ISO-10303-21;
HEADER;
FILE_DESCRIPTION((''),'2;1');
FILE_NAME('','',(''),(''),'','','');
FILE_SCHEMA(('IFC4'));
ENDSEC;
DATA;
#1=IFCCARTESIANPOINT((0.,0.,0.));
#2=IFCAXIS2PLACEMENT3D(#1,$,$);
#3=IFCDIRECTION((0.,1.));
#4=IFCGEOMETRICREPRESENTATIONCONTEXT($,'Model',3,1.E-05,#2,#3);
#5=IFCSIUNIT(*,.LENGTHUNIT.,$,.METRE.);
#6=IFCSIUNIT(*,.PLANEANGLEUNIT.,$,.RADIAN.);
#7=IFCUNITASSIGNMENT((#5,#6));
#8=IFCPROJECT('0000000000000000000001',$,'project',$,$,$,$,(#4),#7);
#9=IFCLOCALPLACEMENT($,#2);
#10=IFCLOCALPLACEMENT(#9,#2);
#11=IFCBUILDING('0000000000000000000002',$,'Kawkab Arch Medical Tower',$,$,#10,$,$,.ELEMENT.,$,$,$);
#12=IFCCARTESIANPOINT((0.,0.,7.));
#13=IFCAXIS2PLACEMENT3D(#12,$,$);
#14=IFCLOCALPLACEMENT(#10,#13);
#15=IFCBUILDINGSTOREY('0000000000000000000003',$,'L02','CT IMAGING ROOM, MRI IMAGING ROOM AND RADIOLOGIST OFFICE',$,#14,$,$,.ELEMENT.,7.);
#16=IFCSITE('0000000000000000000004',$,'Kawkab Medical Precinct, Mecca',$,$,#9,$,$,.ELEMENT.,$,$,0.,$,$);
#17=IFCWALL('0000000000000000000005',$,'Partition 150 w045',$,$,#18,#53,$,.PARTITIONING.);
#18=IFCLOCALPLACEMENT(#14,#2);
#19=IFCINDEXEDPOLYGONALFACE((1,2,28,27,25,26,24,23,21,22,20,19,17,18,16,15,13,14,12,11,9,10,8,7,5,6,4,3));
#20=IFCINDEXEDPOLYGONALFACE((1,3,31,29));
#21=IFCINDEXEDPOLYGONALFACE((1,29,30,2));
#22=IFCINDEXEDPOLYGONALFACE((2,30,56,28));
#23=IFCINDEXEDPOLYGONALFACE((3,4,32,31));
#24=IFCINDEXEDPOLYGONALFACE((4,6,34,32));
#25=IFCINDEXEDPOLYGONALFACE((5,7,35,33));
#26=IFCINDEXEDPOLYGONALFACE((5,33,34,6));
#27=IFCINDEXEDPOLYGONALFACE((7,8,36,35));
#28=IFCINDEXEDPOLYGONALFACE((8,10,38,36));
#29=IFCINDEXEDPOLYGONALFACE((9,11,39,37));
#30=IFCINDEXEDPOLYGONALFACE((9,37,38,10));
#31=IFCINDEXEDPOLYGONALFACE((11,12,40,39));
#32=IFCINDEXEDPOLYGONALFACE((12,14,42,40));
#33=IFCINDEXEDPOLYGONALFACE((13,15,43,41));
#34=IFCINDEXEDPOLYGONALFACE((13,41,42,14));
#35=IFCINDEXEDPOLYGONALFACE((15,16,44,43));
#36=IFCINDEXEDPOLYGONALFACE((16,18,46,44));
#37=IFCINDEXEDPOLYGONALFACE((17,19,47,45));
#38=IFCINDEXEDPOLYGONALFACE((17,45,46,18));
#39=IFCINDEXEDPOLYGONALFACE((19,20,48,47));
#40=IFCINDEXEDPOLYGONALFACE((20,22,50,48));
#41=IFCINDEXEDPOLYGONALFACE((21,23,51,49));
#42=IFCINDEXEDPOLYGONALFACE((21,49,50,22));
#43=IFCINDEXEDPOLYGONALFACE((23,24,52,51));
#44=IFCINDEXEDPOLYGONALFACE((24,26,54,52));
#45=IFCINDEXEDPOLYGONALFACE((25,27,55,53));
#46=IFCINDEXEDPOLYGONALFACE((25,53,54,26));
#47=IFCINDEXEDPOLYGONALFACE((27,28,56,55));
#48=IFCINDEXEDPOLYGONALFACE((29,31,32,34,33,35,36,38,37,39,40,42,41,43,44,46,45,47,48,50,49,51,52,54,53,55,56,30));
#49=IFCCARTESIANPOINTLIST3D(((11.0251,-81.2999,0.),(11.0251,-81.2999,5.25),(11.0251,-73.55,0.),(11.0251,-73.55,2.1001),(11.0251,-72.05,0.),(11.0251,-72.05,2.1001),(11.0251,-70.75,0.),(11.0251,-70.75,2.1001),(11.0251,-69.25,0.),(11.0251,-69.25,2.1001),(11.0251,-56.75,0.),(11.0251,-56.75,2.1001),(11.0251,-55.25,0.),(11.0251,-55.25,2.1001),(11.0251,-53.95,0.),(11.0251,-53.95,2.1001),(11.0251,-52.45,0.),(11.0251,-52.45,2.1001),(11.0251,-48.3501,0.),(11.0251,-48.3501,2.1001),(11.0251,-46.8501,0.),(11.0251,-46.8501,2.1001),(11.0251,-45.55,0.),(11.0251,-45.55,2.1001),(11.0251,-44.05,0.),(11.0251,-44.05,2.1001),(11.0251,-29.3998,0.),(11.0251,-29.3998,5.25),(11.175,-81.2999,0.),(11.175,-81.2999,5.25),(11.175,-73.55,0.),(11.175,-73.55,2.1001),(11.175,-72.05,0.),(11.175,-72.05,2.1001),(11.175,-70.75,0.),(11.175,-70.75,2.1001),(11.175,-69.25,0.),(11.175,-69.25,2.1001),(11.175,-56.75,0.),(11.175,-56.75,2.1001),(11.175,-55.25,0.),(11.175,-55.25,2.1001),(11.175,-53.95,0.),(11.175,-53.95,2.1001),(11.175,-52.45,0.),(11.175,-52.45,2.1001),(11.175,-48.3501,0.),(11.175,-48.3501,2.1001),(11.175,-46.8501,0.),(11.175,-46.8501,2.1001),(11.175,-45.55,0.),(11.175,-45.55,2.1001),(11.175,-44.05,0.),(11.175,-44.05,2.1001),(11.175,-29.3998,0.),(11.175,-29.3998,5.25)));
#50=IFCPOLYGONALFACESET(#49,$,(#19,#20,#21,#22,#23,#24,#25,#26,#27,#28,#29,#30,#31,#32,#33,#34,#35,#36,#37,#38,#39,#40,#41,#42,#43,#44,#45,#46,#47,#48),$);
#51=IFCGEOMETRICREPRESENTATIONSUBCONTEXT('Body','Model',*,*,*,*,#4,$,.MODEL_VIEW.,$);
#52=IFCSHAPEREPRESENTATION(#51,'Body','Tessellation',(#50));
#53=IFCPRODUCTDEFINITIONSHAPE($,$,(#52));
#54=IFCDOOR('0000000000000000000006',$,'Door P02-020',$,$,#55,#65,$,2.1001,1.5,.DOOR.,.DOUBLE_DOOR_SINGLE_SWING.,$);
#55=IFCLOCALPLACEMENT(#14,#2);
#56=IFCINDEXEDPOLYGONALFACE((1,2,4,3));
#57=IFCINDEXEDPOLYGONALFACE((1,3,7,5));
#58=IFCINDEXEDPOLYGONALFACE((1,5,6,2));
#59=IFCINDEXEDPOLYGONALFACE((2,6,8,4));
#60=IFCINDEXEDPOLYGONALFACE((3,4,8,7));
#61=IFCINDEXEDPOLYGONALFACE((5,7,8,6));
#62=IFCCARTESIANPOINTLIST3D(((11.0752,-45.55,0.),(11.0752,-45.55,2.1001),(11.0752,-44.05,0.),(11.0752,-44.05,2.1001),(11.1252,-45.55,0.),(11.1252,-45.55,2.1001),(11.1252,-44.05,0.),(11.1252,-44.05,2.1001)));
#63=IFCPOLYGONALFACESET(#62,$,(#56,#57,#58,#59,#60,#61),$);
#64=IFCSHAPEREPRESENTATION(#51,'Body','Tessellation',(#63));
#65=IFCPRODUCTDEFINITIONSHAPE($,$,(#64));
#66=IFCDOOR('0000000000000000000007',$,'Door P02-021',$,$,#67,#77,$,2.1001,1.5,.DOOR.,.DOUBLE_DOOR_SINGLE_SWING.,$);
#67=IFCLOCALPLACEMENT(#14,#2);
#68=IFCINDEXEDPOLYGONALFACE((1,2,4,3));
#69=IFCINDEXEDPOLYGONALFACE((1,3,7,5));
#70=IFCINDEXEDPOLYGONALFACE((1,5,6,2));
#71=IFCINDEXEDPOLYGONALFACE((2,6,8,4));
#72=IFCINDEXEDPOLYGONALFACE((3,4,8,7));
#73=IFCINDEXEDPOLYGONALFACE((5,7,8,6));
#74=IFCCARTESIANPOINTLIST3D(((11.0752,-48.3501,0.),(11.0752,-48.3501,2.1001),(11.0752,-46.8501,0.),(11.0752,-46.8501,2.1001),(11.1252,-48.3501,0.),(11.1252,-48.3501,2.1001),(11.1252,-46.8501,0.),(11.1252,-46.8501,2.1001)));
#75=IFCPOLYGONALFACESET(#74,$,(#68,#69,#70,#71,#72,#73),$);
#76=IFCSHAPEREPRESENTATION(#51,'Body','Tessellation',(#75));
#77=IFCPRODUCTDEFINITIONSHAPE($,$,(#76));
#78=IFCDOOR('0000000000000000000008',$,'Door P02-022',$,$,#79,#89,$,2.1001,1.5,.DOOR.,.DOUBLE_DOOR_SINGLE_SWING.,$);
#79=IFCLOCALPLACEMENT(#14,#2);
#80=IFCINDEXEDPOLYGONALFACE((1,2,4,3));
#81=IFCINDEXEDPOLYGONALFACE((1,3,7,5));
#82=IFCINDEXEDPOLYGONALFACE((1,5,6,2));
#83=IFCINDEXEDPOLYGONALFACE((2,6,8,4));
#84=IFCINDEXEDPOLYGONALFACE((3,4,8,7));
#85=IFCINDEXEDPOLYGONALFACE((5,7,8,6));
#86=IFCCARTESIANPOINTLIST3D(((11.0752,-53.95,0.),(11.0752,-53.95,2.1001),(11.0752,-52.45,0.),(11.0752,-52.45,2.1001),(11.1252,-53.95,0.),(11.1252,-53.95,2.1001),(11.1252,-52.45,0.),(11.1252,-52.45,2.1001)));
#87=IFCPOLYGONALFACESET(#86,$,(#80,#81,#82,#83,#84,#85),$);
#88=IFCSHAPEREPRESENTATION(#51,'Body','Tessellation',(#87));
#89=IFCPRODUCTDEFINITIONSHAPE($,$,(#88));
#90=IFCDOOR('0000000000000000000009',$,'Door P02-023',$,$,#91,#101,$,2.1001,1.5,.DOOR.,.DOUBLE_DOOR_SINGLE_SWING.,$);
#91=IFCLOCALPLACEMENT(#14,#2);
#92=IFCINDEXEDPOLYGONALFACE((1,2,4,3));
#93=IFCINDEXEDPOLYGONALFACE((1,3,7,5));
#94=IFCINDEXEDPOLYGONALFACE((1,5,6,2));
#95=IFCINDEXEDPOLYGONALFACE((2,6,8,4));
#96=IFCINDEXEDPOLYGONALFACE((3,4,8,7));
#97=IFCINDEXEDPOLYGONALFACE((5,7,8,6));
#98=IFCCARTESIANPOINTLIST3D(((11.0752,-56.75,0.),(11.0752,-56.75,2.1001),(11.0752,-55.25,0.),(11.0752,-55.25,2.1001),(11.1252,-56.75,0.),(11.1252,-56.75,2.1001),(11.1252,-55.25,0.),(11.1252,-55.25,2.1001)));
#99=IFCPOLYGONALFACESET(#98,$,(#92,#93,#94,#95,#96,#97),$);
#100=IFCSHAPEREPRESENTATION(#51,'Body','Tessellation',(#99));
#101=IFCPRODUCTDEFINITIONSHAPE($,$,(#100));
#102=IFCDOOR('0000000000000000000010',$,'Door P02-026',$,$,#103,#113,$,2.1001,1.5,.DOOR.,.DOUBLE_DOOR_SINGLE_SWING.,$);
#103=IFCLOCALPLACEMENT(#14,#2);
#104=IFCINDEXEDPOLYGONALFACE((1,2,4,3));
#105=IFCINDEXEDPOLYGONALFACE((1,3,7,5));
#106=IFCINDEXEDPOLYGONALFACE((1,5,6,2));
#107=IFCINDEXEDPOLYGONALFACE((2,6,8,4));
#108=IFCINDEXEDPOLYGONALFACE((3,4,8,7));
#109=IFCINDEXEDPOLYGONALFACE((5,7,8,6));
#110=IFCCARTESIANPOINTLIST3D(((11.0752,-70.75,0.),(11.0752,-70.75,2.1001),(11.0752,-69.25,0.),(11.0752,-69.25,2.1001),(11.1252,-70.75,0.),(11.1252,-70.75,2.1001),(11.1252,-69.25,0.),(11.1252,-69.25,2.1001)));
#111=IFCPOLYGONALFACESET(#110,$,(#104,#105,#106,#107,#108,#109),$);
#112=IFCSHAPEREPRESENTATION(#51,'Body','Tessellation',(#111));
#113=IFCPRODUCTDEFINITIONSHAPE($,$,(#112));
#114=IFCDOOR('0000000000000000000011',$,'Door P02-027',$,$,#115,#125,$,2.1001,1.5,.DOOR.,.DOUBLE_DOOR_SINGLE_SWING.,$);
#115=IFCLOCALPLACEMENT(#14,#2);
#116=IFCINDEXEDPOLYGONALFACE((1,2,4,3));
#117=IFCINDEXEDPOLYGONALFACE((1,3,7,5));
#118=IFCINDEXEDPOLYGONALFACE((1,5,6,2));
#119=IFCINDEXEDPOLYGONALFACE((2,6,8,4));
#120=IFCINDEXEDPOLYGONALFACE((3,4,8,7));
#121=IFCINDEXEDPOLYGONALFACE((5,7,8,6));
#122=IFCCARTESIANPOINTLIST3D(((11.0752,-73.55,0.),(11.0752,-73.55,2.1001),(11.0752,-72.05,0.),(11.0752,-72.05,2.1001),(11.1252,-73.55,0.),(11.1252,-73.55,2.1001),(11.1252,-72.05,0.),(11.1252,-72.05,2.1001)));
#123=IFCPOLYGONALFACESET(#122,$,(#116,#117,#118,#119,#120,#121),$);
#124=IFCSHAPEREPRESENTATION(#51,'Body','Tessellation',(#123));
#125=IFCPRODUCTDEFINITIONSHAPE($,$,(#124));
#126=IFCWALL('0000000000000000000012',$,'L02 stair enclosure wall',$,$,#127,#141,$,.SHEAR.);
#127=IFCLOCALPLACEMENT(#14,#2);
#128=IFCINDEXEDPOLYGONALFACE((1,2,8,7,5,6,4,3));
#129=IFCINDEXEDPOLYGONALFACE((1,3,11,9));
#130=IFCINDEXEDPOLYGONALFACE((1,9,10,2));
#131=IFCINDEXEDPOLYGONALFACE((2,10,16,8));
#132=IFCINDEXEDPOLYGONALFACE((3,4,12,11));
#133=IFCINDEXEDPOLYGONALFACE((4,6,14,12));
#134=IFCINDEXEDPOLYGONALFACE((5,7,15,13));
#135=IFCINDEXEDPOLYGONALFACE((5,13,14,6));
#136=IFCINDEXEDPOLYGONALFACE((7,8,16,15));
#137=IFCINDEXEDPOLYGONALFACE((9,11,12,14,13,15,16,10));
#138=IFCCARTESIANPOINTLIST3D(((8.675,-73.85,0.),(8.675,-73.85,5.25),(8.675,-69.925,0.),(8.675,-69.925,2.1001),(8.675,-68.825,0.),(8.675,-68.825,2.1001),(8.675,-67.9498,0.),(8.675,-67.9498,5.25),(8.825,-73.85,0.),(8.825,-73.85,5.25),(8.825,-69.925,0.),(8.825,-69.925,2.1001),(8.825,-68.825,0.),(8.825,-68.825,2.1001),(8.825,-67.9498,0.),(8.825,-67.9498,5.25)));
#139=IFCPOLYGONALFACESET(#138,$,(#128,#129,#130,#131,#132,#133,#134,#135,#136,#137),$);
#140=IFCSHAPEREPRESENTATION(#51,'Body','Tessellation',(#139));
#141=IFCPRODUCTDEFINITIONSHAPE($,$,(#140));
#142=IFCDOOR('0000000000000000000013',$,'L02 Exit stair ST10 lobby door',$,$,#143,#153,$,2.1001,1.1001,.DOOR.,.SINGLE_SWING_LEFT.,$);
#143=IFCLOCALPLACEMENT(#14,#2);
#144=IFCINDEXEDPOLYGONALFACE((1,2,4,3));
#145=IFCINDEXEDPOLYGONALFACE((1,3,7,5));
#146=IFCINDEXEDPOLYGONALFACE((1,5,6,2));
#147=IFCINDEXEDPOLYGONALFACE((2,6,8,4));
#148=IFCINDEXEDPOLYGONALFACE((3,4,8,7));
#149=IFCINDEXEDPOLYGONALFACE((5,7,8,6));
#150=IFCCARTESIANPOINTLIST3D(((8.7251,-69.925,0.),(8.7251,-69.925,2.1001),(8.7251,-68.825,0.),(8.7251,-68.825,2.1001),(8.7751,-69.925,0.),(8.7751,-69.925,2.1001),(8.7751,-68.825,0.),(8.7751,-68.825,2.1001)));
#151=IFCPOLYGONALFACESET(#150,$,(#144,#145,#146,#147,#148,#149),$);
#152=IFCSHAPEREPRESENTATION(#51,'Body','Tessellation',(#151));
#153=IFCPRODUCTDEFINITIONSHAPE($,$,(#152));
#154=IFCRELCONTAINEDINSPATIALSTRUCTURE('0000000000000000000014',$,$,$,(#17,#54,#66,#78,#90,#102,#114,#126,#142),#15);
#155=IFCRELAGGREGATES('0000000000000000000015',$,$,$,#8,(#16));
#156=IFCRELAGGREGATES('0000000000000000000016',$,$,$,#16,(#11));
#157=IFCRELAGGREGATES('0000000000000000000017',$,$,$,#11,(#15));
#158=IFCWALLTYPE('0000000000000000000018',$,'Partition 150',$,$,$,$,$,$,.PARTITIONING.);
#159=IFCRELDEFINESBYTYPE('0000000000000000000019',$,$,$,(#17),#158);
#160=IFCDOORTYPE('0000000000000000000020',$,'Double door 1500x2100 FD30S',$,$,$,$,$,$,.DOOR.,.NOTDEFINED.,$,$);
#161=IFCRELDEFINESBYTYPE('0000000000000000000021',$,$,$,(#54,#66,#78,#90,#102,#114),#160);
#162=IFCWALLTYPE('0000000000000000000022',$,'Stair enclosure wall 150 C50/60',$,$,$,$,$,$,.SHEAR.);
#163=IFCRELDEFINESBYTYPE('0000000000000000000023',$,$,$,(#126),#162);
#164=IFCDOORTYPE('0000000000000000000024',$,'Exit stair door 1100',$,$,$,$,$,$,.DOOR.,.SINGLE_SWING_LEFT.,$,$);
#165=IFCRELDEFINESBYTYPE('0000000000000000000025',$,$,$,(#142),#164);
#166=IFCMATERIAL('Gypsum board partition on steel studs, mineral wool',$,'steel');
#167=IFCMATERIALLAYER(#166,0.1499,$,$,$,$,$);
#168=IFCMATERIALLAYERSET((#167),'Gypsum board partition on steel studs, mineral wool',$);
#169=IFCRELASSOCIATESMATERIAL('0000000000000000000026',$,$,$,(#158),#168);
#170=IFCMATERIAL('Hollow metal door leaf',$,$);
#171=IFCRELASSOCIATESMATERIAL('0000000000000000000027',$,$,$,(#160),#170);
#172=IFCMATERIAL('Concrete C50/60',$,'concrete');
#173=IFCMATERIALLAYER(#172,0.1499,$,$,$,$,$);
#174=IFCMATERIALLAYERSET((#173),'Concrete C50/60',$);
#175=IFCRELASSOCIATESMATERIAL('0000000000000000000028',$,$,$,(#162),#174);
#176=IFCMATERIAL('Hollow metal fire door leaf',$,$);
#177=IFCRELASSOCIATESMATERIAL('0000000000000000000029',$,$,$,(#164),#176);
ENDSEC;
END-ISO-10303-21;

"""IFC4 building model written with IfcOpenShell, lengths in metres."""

from ifc_helpers import new_model, si_unit, direction, frame, frame_2d, origin, place, context, subcontext, project, spatial, rectangle, extrude, material, layer, layer_set, type_object, element, fill, save


model = new_model("IFC4")

# Units and contexts
model_context = context("Model", 3, precision=1e-05, world=origin(), true_north=direction((0.0, 1.0)))
body_context = subcontext(model_context, "Body", "Model", "MODEL_VIEW")
ifc_project = project(units=[si_unit("LENGTHUNIT", "METRE"), si_unit("PLANEANGLEUNIT", "RADIAN")], contexts=[model_context])

# Site, building, storey
site_placement = place(None, origin())
site = spatial("IfcSite", under=ifc_project, at=site_placement, Name="Kawkab Medical Precinct, Mecca", CompositionType="ELEMENT", RefElevation=0.0)
building_placement = place(site_placement, origin())
building = spatial("IfcBuilding", under=site, at=building_placement, Name="Kawkab Arch Medical Tower", CompositionType="ELEMENT")
storey_placement = place(building_placement, frame((0.0, 0.0, 7.0)))
storey = spatial("IfcBuildingStorey", under=building, at=storey_placement, Name="L02", Description="CT IMAGING ROOM, MRI IMAGING ROOM AND RADIOLOGIST OFFICE", CompositionType="ELEMENT", Elevation=7.0)

# Shared definitions
ifc_material_1 = material(Name="Gypsum board partition on steel studs, mineral wool", Category="steel")
ifc_layer_1 = layer(ifc_material_1, 0.1499)
ifc_layer_set_1 = layer_set([ifc_layer_1], Name="Gypsum board partition on steel studs, mineral wool")
wall_type_1 = type_object("IfcWallType", Name="Partition 150", PredefinedType="PARTITIONING", material=ifc_layer_set_1)

# Wall, openings, doors
wall_1_placement = place(storey_placement, frame((11.1001, -81.3, 0.0), z_axis=(0.0, 0.0, 1.0), x_axis=(0.0, 1.0, 0.0)))
wall_1 = element("IfcWall", 1, at=wall_1_placement, inside=storey, type_object=wall_type_1, Name="Partition 150 w045", PredefinedType="PARTITIONING", context=body_context, shape_type="SweptSolid", body=[
    extrude(rectangle(XDim=51.9001, YDim=0.1499, at=frame_2d((25.9502, 0.0))), origin(), (0.0, 0.0, 1.0), 5.25),
])
opening_1_placement = place(wall_1_placement, frame((35.75, 0.0, 0.0)))
opening_1 = element("IfcOpeningElement", 2, at=opening_1_placement, cuts=wall_1, PredefinedType="OPENING", context=body_context, shape_type="SweptSolid", body=[
    extrude(rectangle(XDim=1.5, YDim=2.1001, at=frame_2d((0.75, 1.05))), frame((0.0, 0.085, 0.0), z_axis=(0.0, -1.0, 0.0), x_axis=(1.0, 0.0, 0.0)), (0.0, 0.0, 1.0), 0.1699),
])
opening_2_placement = place(wall_1_placement, frame((32.95, 0.0, 0.0)))
opening_2 = element("IfcOpeningElement", 3, at=opening_2_placement, cuts=wall_1, PredefinedType="OPENING", context=body_context, shape_type="SweptSolid", body=[
    extrude(rectangle(XDim=1.5, YDim=2.1001, at=frame_2d((0.75, 1.05))), frame((0.0, 0.085, 0.0), z_axis=(0.0, -1.0, 0.0), x_axis=(1.0, 0.0, 0.0)), (0.0, 0.0, 1.0), 0.1699),
])
opening_3_placement = place(wall_1_placement, frame((27.3501, 0.0, 0.0)))
opening_3 = element("IfcOpeningElement", 4, at=opening_3_placement, cuts=wall_1, PredefinedType="OPENING", context=body_context, shape_type="SweptSolid", body=[
    extrude(rectangle(XDim=1.5, YDim=2.1001, at=frame_2d((0.75, 1.05))), frame((0.0, 0.085, 0.0), z_axis=(0.0, -1.0, 0.0), x_axis=(1.0, 0.0, 0.0)), (0.0, 0.0, 1.0), 0.1699),
])
opening_4_placement = place(wall_1_placement, frame((24.55, 0.0, 0.0)))
opening_4 = element("IfcOpeningElement", 5, at=opening_4_placement, cuts=wall_1, PredefinedType="OPENING", context=body_context, shape_type="SweptSolid", body=[
    extrude(rectangle(XDim=1.5, YDim=2.1001, at=frame_2d((0.75, 1.05))), frame((0.0, 0.085, 0.0), z_axis=(0.0, -1.0, 0.0), x_axis=(1.0, 0.0, 0.0)), (0.0, 0.0, 1.0), 0.1699),
])
opening_5_placement = place(wall_1_placement, frame((10.55, 0.0, 0.0)))
opening_5 = element("IfcOpeningElement", 6, at=opening_5_placement, cuts=wall_1, PredefinedType="OPENING", context=body_context, shape_type="SweptSolid", body=[
    extrude(rectangle(XDim=1.5, YDim=2.1001, at=frame_2d((0.75, 1.05))), frame((0.0, 0.085, 0.0), z_axis=(0.0, -1.0, 0.0), x_axis=(1.0, 0.0, 0.0)), (0.0, 0.0, 1.0), 0.1699),
])
opening_6_placement = place(wall_1_placement, frame((7.75, 0.0, 0.0)))
opening_6 = element("IfcOpeningElement", 7, at=opening_6_placement, cuts=wall_1, PredefinedType="OPENING", context=body_context, shape_type="SweptSolid", body=[
    extrude(rectangle(XDim=1.5, YDim=2.1001, at=frame_2d((0.75, 1.05))), frame((0.0, 0.085, 0.0), z_axis=(0.0, -1.0, 0.0), x_axis=(1.0, 0.0, 0.0)), (0.0, 0.0, 1.0), 0.1699),
])
ifc_material_2 = material(Name="Hollow metal door leaf")
door_type_1 = type_object("IfcDoorType", Name="Double door 1500x2100 FD30S", OperationType="NOTDEFINED", PredefinedType="DOOR", material=ifc_material_2)
door_1_placement = place(opening_1_placement, origin())
door_1 = element("IfcDoor", 8, at=door_1_placement, inside=storey, type_object=door_type_1, Name="Door P02-020", OperationType="DOUBLE_DOOR_SINGLE_SWING", OverallHeight=2.1001, OverallWidth=1.5, PredefinedType="DOOR", context=body_context, shape_type="SweptSolid", body=[
    extrude(rectangle(XDim=1.5, YDim=2.1001, at=frame_2d((0.75, 1.05))), frame((0.0, 0.0249, 0.0), z_axis=(0.0, -1.0, 0.0), x_axis=(1.0, 0.0, 0.0)), (0.0, 0.0, 1.0), 0.05),
])
fill(opening_1, door_1)
door_2_placement = place(opening_2_placement, origin())
door_2 = element("IfcDoor", 9, at=door_2_placement, inside=storey, type_object=door_type_1, Name="Door P02-021", OperationType="DOUBLE_DOOR_SINGLE_SWING", OverallHeight=2.1001, OverallWidth=1.5, PredefinedType="DOOR", context=body_context, shape_type="SweptSolid", body=[
    extrude(rectangle(XDim=1.5, YDim=2.1001, at=frame_2d((0.75, 1.05))), frame((0.0, 0.0249, 0.0), z_axis=(0.0, -1.0, 0.0), x_axis=(1.0, 0.0, 0.0)), (0.0, 0.0, 1.0), 0.05),
])
fill(opening_2, door_2)
door_3_placement = place(opening_3_placement, origin())
door_3 = element("IfcDoor", 10, at=door_3_placement, inside=storey, type_object=door_type_1, Name="Door P02-022", OperationType="DOUBLE_DOOR_SINGLE_SWING", OverallHeight=2.1001, OverallWidth=1.5, PredefinedType="DOOR", context=body_context, shape_type="SweptSolid", body=[
    extrude(rectangle(XDim=1.5, YDim=2.1001, at=frame_2d((0.75, 1.05))), frame((0.0, 0.0249, 0.0), z_axis=(0.0, -1.0, 0.0), x_axis=(1.0, 0.0, 0.0)), (0.0, 0.0, 1.0), 0.05),
])
fill(opening_3, door_3)
door_4_placement = place(opening_4_placement, origin())
door_4 = element("IfcDoor", 11, at=door_4_placement, inside=storey, type_object=door_type_1, Name="Door P02-023", OperationType="DOUBLE_DOOR_SINGLE_SWING", OverallHeight=2.1001, OverallWidth=1.5, PredefinedType="DOOR", context=body_context, shape_type="SweptSolid", body=[
    extrude(rectangle(XDim=1.5, YDim=2.1001, at=frame_2d((0.75, 1.05))), frame((0.0, 0.0249, 0.0), z_axis=(0.0, -1.0, 0.0), x_axis=(1.0, 0.0, 0.0)), (0.0, 0.0, 1.0), 0.05),
])
fill(opening_4, door_4)
door_5_placement = place(opening_5_placement, origin())
door_5 = element("IfcDoor", 12, at=door_5_placement, inside=storey, type_object=door_type_1, Name="Door P02-026", OperationType="DOUBLE_DOOR_SINGLE_SWING", OverallHeight=2.1001, OverallWidth=1.5, PredefinedType="DOOR", context=body_context, shape_type="SweptSolid", body=[
    extrude(rectangle(XDim=1.5, YDim=2.1001, at=frame_2d((0.75, 1.05))), frame((0.0, 0.0249, 0.0), z_axis=(0.0, -1.0, 0.0), x_axis=(1.0, 0.0, 0.0)), (0.0, 0.0, 1.0), 0.05),
])
fill(opening_5, door_5)
door_6_placement = place(opening_6_placement, origin())
door_6 = element("IfcDoor", 13, at=door_6_placement, inside=storey, type_object=door_type_1, Name="Door P02-027", OperationType="DOUBLE_DOOR_SINGLE_SWING", OverallHeight=2.1001, OverallWidth=1.5, PredefinedType="DOOR", context=body_context, shape_type="SweptSolid", body=[
    extrude(rectangle(XDim=1.5, YDim=2.1001, at=frame_2d((0.75, 1.05))), frame((0.0, 0.0249, 0.0), z_axis=(0.0, -1.0, 0.0), x_axis=(1.0, 0.0, 0.0)), (0.0, 0.0, 1.0), 0.05),
])
fill(opening_6, door_6)

# Wall, opening, door
ifc_material_3 = material(Name="Concrete C50/60", Category="concrete")
ifc_layer_2 = layer(ifc_material_3, 0.1499)
ifc_layer_set_2 = layer_set([ifc_layer_2], Name="Concrete C50/60")
wall_type_2 = type_object("IfcWallType", Name="Stair enclosure wall 150 C50/60", PredefinedType="SHEAR", material=ifc_layer_set_2)
wall_2_placement = place(storey_placement, frame((8.75, -73.8501, 0.0), z_axis=(0.0, 0.0, 1.0), x_axis=(0.0, 1.0, 0.0)))
wall_2 = element("IfcWall", 14, at=wall_2_placement, inside=storey, type_object=wall_type_2, Name="L02 stair enclosure wall", PredefinedType="SHEAR", context=body_context, shape_type="SweptSolid", body=[
    extrude(rectangle(XDim=5.9001, YDim=0.1499, at=frame_2d((2.9502, 0.0))), origin(), (0.0, 0.0, 1.0), 5.25),
])
opening_7_placement = place(wall_2_placement, frame((3.925, 0.0, 0.0)))
opening_7 = element("IfcOpeningElement", 15, at=opening_7_placement, cuts=wall_2, PredefinedType="OPENING", context=body_context, shape_type="SweptSolid", body=[
    extrude(rectangle(XDim=1.1001, YDim=2.1001, at=frame_2d((0.55, 1.05))), frame((0.0, 0.085, 0.0), z_axis=(0.0, -1.0, 0.0), x_axis=(1.0, 0.0, 0.0)), (0.0, 0.0, 1.0), 0.1699),
])
ifc_material_4 = material(Name="Hollow metal fire door leaf")
door_type_2 = type_object("IfcDoorType", Name="Exit stair door 1100", OperationType="SINGLE_SWING_LEFT", PredefinedType="DOOR", material=ifc_material_4)
door_7_placement = place(opening_7_placement, origin())
door_7 = element("IfcDoor", 16, at=door_7_placement, inside=storey, type_object=door_type_2, Name="L02 Exit stair ST10 lobby door", OperationType="SINGLE_SWING_LEFT", OverallHeight=2.1001, OverallWidth=1.1001, PredefinedType="DOOR", context=body_context, shape_type="SweptSolid", body=[
    extrude(rectangle(XDim=1.1001, YDim=2.1001, at=frame_2d((0.55, 1.05))), frame((0.0, 0.0249, 0.0), z_axis=(0.0, -1.0, 0.0), x_axis=(1.0, 0.0, 0.0)), (0.0, 0.0, 1.0), 0.05),
])
fill(opening_7, door_7)

save(model, "model.ifc")
